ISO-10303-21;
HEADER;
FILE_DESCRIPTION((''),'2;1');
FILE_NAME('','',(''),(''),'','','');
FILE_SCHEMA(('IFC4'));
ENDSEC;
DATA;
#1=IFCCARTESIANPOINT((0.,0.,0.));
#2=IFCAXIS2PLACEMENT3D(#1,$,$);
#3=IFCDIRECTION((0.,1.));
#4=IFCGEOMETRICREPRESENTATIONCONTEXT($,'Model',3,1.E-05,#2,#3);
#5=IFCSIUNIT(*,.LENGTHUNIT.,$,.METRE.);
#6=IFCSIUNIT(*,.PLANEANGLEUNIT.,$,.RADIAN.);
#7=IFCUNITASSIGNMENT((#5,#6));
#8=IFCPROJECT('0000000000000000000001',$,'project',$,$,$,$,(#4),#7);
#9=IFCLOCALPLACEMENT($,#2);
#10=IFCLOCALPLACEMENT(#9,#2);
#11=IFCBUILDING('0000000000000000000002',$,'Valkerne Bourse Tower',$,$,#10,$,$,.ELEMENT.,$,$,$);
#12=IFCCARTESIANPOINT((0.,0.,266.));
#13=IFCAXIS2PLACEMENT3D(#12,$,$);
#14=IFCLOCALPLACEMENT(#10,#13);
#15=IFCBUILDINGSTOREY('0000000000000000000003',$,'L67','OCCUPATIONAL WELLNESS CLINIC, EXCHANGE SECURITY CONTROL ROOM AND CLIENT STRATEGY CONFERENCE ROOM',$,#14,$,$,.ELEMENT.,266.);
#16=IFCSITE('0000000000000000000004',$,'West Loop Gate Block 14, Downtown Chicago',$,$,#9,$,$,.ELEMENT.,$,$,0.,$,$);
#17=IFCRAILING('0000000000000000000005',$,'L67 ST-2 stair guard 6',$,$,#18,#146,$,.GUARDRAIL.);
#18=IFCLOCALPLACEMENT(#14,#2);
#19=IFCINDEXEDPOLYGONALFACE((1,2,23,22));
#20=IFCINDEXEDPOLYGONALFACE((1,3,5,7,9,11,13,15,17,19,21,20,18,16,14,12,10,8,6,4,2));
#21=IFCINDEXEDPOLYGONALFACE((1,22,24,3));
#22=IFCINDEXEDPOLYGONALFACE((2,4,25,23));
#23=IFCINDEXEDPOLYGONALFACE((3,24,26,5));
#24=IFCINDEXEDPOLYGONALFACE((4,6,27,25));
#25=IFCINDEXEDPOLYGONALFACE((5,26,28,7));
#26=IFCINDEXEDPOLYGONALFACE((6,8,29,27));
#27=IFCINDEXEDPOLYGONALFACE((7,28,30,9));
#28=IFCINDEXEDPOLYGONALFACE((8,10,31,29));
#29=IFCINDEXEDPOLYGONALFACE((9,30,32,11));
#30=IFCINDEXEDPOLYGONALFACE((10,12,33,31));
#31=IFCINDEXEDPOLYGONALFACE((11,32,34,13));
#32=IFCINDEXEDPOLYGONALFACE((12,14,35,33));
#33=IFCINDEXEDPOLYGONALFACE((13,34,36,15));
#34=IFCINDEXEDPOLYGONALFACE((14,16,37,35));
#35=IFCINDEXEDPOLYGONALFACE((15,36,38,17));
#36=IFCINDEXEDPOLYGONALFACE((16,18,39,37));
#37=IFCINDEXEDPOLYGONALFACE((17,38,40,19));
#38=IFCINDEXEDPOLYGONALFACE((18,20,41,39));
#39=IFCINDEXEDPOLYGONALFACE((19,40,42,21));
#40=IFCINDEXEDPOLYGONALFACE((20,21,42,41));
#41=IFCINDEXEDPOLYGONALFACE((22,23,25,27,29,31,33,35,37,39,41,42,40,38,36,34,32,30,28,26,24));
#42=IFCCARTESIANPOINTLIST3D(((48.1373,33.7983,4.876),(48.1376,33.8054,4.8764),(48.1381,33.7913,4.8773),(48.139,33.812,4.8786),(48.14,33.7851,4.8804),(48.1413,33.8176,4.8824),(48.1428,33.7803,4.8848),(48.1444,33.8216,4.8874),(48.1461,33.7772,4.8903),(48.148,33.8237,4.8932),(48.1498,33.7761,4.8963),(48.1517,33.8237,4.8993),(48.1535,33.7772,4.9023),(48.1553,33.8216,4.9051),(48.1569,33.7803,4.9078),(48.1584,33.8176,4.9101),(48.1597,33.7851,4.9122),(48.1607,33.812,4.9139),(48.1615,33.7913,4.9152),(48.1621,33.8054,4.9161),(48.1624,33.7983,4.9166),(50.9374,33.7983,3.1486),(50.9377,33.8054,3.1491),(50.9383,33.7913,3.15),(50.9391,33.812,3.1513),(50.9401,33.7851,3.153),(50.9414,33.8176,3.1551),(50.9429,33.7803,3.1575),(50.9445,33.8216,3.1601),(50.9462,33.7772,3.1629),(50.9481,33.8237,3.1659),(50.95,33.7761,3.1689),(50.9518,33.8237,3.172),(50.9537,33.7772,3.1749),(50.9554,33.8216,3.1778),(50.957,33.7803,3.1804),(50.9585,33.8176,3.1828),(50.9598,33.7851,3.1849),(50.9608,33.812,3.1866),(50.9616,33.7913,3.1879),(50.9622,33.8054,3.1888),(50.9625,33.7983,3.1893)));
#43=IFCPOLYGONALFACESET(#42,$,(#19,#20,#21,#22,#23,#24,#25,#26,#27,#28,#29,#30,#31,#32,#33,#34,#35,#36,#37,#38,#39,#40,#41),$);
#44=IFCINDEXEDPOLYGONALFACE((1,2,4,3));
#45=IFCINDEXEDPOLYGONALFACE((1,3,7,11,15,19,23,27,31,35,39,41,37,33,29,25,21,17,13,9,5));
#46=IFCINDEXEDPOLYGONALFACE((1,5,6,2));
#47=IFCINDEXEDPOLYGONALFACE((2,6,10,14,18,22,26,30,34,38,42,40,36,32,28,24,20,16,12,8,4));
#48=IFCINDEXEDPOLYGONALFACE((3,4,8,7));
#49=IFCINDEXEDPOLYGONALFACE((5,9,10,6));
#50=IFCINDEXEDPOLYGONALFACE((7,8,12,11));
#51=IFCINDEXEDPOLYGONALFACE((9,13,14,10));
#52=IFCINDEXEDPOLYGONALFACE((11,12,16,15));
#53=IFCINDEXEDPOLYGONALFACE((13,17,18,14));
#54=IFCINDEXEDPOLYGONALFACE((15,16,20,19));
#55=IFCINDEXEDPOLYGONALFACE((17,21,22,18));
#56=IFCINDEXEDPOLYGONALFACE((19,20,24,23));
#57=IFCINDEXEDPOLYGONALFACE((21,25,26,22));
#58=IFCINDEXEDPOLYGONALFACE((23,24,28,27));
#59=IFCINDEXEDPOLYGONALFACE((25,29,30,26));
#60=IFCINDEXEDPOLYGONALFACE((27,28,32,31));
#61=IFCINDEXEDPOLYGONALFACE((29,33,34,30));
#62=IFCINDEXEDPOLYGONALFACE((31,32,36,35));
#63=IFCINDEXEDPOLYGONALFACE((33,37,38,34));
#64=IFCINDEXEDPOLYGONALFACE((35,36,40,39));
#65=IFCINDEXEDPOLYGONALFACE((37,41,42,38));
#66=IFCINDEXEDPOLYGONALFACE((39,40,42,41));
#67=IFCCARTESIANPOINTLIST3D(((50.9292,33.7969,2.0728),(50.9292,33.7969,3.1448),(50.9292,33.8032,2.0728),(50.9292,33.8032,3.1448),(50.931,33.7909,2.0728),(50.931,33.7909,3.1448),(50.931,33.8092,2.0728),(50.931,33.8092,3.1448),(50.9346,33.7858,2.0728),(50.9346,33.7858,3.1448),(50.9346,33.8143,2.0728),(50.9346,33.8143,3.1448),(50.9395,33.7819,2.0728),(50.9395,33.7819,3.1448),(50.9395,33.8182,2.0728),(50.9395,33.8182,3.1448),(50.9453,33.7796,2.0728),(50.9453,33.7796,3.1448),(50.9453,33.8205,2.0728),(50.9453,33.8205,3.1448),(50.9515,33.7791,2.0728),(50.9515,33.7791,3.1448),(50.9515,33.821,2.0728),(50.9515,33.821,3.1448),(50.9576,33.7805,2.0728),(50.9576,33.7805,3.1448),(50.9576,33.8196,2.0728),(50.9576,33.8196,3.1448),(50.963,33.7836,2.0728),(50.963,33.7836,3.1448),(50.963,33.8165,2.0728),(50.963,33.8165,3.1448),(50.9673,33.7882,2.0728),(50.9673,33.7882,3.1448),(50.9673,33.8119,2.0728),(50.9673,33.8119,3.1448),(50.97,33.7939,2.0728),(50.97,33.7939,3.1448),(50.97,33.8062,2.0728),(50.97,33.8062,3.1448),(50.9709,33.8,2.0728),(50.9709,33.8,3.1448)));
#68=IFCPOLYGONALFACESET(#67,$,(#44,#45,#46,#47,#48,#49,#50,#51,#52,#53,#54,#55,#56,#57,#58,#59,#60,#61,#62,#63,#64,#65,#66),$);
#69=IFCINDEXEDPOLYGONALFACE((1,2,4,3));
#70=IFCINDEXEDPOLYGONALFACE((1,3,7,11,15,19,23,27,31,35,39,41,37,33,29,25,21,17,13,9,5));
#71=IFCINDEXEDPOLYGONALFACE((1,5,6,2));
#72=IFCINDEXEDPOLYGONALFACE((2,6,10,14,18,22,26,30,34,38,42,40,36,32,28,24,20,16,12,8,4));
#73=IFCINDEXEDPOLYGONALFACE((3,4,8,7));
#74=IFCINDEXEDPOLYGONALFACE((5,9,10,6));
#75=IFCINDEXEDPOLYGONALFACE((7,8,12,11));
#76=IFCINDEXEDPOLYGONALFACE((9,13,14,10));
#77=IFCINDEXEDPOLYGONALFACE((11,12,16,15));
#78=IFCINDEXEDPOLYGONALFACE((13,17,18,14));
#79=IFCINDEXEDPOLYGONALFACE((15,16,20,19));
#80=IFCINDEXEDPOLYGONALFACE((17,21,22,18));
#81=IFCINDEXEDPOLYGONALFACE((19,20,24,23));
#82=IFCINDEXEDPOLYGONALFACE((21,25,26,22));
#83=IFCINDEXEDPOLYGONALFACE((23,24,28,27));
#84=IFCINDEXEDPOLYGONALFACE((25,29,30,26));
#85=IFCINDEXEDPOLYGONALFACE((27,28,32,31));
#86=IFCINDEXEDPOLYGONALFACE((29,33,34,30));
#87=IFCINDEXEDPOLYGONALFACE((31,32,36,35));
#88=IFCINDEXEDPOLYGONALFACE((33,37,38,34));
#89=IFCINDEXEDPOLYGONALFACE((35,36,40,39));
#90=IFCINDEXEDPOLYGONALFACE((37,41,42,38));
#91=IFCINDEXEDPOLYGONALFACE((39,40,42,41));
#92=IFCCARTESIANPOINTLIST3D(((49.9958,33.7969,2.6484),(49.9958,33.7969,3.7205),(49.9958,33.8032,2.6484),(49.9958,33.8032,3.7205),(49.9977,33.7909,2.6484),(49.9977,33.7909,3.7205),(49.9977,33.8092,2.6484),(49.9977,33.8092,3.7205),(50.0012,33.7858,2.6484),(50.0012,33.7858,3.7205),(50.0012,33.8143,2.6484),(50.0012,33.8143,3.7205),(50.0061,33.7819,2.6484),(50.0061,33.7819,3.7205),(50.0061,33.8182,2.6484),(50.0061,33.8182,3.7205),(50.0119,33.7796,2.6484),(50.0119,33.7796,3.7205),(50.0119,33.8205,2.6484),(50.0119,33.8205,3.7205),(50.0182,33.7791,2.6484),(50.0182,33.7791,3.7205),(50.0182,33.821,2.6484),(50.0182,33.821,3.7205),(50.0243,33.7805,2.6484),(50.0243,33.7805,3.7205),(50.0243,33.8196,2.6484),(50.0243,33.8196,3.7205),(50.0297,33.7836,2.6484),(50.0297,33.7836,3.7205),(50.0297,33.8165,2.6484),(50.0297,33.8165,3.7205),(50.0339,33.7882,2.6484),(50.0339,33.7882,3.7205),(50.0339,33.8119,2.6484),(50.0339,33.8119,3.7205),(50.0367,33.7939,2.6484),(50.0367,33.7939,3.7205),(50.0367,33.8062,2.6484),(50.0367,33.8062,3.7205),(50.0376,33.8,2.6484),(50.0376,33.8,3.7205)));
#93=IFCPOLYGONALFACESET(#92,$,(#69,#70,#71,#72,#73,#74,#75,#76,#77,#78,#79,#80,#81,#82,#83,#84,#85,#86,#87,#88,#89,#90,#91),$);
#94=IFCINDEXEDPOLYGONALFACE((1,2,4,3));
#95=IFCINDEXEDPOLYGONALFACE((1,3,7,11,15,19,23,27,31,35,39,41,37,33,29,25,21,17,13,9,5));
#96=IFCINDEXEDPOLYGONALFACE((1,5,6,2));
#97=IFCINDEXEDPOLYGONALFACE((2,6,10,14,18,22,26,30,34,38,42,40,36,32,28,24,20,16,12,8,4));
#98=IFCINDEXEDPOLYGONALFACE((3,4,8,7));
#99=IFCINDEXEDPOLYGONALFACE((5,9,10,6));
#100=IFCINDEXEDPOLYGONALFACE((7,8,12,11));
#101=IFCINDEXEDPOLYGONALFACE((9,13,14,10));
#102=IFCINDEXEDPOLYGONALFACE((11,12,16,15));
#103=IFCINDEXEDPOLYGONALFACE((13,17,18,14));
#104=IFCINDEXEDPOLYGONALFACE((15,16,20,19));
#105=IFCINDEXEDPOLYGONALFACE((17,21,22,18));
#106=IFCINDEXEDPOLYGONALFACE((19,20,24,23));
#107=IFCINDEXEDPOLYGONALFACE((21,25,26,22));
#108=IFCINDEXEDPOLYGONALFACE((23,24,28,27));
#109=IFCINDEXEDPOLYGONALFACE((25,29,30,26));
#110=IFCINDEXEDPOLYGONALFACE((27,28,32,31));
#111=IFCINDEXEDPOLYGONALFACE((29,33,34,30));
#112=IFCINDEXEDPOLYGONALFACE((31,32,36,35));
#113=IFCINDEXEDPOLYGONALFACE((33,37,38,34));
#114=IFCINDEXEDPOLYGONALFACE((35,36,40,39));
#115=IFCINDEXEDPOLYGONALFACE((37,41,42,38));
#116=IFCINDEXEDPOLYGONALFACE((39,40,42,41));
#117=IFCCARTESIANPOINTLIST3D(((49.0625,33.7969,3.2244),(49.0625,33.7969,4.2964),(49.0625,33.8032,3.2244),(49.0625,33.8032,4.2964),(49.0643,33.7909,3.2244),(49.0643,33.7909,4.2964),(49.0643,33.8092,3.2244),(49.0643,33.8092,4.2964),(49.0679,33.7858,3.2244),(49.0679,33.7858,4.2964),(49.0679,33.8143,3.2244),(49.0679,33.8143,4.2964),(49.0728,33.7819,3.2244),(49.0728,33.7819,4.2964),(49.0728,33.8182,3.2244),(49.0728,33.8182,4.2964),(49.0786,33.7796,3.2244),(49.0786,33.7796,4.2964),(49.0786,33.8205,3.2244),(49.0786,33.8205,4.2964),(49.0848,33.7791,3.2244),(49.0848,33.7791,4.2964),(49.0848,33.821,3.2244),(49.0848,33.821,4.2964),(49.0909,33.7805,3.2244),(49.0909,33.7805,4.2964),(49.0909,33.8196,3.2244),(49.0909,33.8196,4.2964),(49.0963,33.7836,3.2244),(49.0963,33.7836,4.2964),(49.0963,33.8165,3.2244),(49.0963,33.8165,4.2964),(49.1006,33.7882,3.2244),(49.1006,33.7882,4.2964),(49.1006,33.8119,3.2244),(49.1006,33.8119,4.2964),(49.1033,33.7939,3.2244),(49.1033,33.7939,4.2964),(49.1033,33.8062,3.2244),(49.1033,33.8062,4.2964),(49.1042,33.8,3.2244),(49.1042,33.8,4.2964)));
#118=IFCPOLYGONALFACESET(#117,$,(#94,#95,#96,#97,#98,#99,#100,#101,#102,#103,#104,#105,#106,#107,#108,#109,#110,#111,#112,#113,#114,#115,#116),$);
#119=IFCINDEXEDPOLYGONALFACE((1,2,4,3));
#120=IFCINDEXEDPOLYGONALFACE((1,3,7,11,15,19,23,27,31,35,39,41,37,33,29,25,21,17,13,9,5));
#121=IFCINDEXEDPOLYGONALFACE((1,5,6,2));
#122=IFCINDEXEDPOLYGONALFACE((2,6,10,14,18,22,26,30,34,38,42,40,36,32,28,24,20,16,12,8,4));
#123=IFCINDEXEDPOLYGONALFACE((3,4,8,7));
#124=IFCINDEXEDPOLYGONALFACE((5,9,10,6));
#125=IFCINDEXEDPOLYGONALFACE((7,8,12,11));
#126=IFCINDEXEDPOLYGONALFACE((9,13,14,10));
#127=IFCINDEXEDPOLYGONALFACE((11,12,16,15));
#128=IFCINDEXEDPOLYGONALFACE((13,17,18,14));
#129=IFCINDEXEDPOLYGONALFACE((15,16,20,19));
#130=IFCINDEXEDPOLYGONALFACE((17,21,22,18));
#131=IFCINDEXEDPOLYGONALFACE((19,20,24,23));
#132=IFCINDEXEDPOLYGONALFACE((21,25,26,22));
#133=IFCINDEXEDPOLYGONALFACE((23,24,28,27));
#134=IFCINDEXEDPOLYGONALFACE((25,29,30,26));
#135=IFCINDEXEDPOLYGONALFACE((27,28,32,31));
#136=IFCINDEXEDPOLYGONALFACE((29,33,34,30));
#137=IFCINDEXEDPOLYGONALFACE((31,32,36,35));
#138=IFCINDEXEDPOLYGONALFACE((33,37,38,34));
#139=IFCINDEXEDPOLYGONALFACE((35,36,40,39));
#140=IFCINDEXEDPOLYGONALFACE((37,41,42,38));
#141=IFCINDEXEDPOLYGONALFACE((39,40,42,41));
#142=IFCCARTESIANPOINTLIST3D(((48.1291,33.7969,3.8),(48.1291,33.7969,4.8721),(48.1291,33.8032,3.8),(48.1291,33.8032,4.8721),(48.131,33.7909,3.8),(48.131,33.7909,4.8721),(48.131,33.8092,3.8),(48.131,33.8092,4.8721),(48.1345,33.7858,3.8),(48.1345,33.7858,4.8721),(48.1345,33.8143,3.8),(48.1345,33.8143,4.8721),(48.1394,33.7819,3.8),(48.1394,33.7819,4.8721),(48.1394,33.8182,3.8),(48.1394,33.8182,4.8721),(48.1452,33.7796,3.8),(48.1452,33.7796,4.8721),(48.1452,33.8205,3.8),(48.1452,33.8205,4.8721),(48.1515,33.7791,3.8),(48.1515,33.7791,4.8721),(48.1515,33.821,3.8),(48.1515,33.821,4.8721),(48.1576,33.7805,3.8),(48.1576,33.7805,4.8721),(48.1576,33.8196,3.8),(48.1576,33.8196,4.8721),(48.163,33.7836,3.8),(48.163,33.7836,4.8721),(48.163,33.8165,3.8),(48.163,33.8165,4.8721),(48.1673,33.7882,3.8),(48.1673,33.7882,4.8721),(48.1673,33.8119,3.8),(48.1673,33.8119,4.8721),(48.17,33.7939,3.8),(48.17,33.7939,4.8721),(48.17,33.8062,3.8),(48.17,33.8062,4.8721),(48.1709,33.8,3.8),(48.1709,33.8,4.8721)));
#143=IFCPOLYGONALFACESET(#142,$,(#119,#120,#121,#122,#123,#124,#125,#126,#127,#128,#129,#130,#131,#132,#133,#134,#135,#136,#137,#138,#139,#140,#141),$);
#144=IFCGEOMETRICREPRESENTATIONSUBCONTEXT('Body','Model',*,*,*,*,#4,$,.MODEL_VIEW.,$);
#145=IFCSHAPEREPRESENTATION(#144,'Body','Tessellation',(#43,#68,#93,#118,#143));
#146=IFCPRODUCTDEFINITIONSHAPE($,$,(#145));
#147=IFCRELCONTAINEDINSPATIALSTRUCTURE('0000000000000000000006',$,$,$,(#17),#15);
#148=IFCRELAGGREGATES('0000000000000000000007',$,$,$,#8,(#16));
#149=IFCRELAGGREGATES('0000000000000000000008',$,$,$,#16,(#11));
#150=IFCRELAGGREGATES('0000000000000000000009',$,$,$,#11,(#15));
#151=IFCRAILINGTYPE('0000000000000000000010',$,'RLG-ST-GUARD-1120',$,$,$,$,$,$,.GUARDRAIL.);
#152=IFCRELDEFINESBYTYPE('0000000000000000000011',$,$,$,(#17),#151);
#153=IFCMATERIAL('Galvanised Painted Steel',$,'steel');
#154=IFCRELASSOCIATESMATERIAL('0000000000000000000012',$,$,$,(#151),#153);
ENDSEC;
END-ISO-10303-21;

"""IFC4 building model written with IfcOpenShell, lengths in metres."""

from ifc_helpers import new_model, si_unit, direction, frame, origin, origin_2d, place, context, subcontext, project, spatial, circle, extrude, material, type_object, element, save


model = new_model("IFC4")

# Units and contexts
model_context = context("Model", 3, precision=1e-05, world=origin(), true_north=direction((0.0, 1.0)))
body_context = subcontext(model_context, "Body", "Model", "MODEL_VIEW")
ifc_project = project(units=[si_unit("LENGTHUNIT", "METRE"), si_unit("PLANEANGLEUNIT", "RADIAN")], contexts=[model_context])

# Site, building, storey
site_placement = place(None, origin())
site = spatial("IfcSite", under=ifc_project, at=site_placement, Name="West Loop Gate Block 14, Downtown Chicago", CompositionType="ELEMENT", RefElevation=0.0)
building_placement = place(site_placement, origin())
building = spatial("IfcBuilding", under=site, at=building_placement, Name="Valkerne Bourse Tower", CompositionType="ELEMENT")
storey_placement = place(building_placement, frame((0.0, 0.0, 266.0)))
storey = spatial("IfcBuildingStorey", under=building, at=storey_placement, Name="L67", Description="OCCUPATIONAL WELLNESS CLINIC, EXCHANGE SECURITY CONTROL ROOM AND CLIENT STRATEGY CONFERENCE ROOM", CompositionType="ELEMENT", Elevation=266.0)

# Railing
ifc_material_1 = material(Name="Galvanised Painted Steel", Category="steel")
railing_type = type_object("IfcRailingType", Name="RLG-ST-GUARD-1120", PredefinedType="GUARDRAIL", material=ifc_material_1)
railing_1_placement = place(storey_placement, frame((50.95, 33.8, 2.0728)))
element("IfcRailing", 1, at=railing_1_placement, inside=storey, type_object=railing_type, Name="L67 ST-2 stair guard 6", PredefinedType="GUARDRAIL", context=body_context, shape_type="SweptSolid", body=[
    extrude(circle(Radius=0.0239, at=origin_2d()), frame((0.0, 0.0, 1.0962), z_axis=(-0.85109, 0.0, 0.52502), x_axis=(0.0, -1.0, 0.0)), (0.0, 0.0, 1.0), 3.29),
    extrude(circle(Radius=0.021, at=origin_2d()), origin(), (0.0, 0.0, 1.0), 1.072),
    extrude(circle(Radius=0.021, at=origin_2d()), frame((-0.9333, 0.0, 0.5757)), (0.0, 0.0, 1.0), 1.072),
    extrude(circle(Radius=0.021, at=origin_2d()), frame((-1.8667, 0.0, 1.1516)), (0.0, 0.0, 1.0), 1.072),
    extrude(circle(Radius=0.021, at=origin_2d()), frame((-2.8, 0.0, 1.7273)), (0.0, 0.0, 1.0), 1.072),
])

save(model, "model.ifc")
